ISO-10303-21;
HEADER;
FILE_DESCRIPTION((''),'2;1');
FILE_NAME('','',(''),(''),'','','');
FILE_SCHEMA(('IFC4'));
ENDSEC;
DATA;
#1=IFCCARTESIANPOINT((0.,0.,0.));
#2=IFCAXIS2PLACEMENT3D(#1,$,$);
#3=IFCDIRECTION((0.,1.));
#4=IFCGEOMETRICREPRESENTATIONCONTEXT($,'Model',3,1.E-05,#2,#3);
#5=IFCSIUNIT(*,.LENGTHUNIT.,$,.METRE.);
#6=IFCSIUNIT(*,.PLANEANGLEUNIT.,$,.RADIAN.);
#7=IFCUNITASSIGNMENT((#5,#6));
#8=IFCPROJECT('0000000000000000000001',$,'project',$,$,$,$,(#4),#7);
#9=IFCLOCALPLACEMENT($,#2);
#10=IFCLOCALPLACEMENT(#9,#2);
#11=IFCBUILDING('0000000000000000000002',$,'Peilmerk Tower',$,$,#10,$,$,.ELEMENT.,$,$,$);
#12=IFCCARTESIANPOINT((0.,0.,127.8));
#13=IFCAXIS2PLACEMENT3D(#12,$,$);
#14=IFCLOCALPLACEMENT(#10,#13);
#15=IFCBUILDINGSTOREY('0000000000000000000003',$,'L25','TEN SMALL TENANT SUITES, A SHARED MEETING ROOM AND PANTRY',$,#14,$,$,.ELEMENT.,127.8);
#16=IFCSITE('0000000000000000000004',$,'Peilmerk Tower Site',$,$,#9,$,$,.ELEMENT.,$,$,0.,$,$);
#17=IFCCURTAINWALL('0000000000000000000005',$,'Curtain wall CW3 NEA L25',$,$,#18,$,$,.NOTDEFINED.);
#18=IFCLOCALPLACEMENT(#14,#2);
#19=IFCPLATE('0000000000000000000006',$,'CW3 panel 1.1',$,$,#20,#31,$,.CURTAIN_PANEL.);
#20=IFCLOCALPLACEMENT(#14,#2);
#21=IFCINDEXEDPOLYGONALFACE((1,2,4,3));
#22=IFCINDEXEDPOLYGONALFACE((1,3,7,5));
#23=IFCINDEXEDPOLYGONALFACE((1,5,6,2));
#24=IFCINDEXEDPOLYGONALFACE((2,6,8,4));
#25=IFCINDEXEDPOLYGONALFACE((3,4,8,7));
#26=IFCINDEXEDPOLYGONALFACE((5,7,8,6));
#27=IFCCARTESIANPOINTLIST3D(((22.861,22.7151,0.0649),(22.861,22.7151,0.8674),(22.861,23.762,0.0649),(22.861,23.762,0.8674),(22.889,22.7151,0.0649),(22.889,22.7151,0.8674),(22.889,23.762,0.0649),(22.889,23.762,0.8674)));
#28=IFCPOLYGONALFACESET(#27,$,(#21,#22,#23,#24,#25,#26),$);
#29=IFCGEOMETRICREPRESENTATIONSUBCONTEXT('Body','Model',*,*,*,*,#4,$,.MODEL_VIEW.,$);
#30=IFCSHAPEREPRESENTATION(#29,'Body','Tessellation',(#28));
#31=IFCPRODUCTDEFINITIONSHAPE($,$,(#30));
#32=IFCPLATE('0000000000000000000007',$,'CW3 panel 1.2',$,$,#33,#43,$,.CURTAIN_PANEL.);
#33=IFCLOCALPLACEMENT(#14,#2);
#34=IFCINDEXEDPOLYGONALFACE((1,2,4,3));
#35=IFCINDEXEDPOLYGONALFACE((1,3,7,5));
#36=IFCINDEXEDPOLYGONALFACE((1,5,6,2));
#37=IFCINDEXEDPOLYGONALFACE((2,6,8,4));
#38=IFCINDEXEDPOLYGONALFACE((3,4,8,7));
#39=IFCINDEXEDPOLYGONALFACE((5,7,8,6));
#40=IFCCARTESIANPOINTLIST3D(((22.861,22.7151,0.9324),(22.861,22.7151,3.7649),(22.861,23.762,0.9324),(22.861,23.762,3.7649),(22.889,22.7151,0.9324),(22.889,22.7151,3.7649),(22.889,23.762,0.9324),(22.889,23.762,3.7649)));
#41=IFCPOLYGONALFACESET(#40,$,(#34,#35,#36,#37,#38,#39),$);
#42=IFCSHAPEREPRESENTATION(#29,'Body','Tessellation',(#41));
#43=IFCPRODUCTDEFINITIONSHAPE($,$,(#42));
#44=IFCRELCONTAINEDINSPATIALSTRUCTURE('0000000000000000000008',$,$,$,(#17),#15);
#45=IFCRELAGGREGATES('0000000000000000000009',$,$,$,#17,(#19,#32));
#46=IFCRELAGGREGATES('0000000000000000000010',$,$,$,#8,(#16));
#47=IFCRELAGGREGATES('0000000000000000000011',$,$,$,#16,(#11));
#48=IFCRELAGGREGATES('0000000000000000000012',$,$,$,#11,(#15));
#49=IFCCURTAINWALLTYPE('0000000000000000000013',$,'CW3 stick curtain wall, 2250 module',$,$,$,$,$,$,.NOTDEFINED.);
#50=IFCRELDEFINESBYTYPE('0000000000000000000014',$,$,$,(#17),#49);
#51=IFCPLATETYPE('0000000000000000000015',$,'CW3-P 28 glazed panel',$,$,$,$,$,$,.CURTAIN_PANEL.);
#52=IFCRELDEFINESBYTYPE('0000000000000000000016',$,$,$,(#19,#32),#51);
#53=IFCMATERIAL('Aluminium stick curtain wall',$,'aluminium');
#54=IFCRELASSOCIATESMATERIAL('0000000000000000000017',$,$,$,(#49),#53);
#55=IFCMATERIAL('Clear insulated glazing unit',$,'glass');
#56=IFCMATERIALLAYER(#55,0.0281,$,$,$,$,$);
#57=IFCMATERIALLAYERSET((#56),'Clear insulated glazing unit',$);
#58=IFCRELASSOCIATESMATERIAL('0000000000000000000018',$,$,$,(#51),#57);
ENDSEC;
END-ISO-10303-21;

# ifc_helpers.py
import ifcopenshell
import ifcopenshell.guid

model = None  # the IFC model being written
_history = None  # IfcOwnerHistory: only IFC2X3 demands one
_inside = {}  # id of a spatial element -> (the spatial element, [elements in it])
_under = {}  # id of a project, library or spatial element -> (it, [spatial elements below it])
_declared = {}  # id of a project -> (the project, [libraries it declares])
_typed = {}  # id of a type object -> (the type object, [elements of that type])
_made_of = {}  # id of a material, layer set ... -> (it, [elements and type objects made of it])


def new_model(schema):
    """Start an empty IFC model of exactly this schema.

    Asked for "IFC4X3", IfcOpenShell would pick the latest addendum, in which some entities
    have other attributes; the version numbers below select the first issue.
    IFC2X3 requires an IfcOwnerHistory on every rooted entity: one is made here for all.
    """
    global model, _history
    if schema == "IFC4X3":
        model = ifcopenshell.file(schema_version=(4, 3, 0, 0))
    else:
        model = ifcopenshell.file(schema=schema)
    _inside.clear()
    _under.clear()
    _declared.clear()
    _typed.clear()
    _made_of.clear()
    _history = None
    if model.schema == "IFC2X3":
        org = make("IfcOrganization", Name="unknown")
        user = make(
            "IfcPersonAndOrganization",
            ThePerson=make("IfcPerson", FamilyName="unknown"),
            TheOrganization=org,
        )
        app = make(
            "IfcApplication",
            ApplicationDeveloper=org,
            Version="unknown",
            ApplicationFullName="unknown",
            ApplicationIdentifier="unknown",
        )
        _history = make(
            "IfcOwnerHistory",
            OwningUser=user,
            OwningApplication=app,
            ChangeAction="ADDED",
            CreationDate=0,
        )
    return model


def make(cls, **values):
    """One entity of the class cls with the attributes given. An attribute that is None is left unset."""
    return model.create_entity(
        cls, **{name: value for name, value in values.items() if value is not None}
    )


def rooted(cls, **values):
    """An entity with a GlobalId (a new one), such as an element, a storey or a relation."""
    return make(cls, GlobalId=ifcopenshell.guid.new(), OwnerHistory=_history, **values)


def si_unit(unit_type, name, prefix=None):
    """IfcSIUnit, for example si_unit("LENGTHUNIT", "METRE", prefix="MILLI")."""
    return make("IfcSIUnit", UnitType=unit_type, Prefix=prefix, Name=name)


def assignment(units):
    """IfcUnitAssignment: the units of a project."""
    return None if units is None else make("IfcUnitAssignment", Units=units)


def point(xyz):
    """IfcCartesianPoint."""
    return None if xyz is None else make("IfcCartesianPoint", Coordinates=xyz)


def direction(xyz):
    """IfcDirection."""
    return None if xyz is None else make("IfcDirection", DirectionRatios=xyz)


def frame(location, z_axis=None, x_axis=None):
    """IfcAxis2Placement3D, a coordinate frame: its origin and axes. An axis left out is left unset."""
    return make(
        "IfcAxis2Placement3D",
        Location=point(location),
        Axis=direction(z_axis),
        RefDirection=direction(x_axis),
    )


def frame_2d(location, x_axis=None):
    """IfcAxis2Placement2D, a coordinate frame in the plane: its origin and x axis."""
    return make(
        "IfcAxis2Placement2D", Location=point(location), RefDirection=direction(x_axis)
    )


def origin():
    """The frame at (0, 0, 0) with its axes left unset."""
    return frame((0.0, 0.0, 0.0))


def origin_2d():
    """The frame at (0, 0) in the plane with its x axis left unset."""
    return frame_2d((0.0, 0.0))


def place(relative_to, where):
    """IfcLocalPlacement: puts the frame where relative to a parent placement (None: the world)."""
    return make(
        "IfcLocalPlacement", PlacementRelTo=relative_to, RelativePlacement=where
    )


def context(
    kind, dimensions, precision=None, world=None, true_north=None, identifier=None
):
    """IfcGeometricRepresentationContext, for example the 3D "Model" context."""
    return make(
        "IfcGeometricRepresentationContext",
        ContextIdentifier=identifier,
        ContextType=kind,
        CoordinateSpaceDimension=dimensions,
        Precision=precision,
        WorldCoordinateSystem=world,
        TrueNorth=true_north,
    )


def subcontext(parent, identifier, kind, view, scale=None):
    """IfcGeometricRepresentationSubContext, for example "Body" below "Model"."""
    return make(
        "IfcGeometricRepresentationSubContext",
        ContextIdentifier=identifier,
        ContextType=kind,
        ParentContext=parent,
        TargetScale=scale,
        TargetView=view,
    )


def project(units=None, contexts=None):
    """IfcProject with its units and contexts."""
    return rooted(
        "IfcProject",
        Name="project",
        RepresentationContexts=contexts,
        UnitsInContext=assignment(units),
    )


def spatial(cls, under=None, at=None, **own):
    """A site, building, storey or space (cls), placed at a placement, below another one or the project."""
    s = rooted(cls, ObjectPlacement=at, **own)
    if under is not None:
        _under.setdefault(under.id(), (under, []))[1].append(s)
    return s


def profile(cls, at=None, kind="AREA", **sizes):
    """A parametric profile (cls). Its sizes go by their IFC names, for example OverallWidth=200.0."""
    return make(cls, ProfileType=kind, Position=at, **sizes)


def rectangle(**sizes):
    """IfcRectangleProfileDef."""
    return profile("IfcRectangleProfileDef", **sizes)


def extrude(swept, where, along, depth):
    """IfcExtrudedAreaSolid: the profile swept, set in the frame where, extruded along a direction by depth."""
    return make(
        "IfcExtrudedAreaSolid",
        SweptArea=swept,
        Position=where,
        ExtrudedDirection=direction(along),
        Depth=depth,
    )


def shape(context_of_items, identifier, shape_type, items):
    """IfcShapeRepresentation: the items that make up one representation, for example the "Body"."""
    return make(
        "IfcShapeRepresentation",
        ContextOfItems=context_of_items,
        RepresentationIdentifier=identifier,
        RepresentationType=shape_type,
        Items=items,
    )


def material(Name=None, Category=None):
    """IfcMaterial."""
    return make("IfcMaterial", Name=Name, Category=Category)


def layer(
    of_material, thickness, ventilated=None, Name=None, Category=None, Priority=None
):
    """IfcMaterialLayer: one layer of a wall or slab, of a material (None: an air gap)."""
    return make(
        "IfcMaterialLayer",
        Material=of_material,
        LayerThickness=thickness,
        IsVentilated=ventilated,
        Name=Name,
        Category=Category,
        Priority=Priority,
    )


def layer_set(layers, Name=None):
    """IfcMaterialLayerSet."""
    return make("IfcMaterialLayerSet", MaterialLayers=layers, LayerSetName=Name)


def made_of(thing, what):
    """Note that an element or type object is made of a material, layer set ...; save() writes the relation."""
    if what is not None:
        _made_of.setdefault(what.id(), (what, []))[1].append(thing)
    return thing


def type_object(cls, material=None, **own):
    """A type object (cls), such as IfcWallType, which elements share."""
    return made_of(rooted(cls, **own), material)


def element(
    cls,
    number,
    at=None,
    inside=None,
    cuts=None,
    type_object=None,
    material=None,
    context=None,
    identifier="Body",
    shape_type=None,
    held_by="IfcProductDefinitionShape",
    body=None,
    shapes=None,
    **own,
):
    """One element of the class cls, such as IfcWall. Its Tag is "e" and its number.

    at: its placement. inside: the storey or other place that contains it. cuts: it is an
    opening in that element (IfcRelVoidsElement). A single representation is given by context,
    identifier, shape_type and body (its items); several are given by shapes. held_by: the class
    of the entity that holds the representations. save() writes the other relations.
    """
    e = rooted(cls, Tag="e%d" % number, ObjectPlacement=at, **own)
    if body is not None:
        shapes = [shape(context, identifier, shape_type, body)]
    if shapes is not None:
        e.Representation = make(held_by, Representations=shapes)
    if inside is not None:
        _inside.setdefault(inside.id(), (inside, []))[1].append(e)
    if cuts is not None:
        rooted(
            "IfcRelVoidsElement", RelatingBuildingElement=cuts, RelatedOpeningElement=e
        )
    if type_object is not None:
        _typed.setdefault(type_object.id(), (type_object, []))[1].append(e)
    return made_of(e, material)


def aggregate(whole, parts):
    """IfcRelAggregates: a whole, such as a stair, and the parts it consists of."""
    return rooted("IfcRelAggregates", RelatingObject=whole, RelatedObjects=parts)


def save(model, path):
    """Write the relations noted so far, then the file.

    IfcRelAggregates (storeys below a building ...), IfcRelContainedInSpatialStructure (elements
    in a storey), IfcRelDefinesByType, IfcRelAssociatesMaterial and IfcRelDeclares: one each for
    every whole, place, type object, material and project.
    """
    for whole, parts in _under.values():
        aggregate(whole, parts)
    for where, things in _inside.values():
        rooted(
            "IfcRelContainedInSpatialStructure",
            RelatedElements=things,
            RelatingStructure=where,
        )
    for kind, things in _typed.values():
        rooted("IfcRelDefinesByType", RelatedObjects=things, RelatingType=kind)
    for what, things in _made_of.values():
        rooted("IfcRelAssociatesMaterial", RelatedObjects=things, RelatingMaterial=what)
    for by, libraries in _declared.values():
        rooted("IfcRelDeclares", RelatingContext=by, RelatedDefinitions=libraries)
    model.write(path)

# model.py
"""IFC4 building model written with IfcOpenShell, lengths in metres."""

from ifc_helpers import new_model, si_unit, direction, frame, origin, origin_2d, place, context, subcontext, project, spatial, rectangle, extrude, material, layer, layer_set, type_object, element, aggregate, save


model = new_model("IFC4")

# Units and contexts
model_context = context("Model", 3, precision=1e-05, world=origin(), true_north=direction((0.0, 1.0)))
body_context = subcontext(model_context, "Body", "Model", "MODEL_VIEW")
ifc_project = project(units=[si_unit("LENGTHUNIT", "METRE"), si_unit("PLANEANGLEUNIT", "RADIAN")], contexts=[model_context])

# Site, building, storey
site_placement = place(None, origin())
site = spatial("IfcSite", under=ifc_project, at=site_placement, Name="Peilmerk Tower Site", CompositionType="ELEMENT", RefElevation=0.0)
building_placement = place(site_placement, origin())
building = spatial("IfcBuilding", under=site, at=building_placement, Name="Peilmerk Tower", CompositionType="ELEMENT")
storey_placement = place(building_placement, frame((0.0, 0.0, 127.8)))
storey = spatial("IfcBuildingStorey", under=building, at=storey_placement, Name="L25", Description="TEN SMALL TENANT SUITES, A SHARED MEETING ROOM AND PANTRY", CompositionType="ELEMENT", Elevation=127.8)

# Curtain wall, plates
ifc_material_1 = material(Name="Aluminium stick curtain wall", Category="aluminium")
curtain_wall_type = type_object("IfcCurtainWallType", Name="CW3 stick curtain wall, 2250 module", PredefinedType="NOTDEFINED", material=ifc_material_1)
curtain_wall_placement = place(storey_placement, origin())
curtain_wall = element("IfcCurtainWall", 1, at=curtain_wall_placement, inside=storey, type_object=curtain_wall_type, Name="Curtain wall CW3 NEA L25", PredefinedType="NOTDEFINED")
ifc_material_2 = material(Name="Clear insulated glazing unit", Category="glass")
ifc_layer = layer(ifc_material_2, 0.0281)
ifc_layer_set = layer_set([ifc_layer], Name="Clear insulated glazing unit")
plate_type = type_object("IfcPlateType", Name="CW3-P 28 glazed panel", PredefinedType="CURTAIN_PANEL", material=ifc_layer_set)
plate_1_placement = place(storey_placement, frame((22.875, 23.2385, 0.0649), z_axis=(0.0, 0.0, 1.0), x_axis=(0.0, 1.0, 0.0)))
plate_1 = element("IfcPlate", 2, at=plate_1_placement, type_object=plate_type, Name="CW3 panel 1.1", PredefinedType="CURTAIN_PANEL", context=body_context, shape_type="SweptSolid", body=[
    extrude(rectangle(XDim=1.0469, YDim=0.0281, at=origin_2d()), origin(), (0.0, 0.0, 1.0), 0.8025),
])
plate_2_placement = place(storey_placement, frame((22.875, 23.2385, 0.9324), z_axis=(0.0, 0.0, 1.0), x_axis=(0.0, 1.0, 0.0)))
plate_2 = element("IfcPlate", 3, at=plate_2_placement, type_object=plate_type, Name="CW3 panel 1.2", PredefinedType="CURTAIN_PANEL", context=body_context, shape_type="SweptSolid", body=[
    extrude(rectangle(XDim=1.0469, YDim=0.0281, at=origin_2d()), origin(), (0.0, 0.0, 1.0), 2.8325),
])
aggregate(curtain_wall, [plate_1, plate_2])

save(model, "model.ifc")
